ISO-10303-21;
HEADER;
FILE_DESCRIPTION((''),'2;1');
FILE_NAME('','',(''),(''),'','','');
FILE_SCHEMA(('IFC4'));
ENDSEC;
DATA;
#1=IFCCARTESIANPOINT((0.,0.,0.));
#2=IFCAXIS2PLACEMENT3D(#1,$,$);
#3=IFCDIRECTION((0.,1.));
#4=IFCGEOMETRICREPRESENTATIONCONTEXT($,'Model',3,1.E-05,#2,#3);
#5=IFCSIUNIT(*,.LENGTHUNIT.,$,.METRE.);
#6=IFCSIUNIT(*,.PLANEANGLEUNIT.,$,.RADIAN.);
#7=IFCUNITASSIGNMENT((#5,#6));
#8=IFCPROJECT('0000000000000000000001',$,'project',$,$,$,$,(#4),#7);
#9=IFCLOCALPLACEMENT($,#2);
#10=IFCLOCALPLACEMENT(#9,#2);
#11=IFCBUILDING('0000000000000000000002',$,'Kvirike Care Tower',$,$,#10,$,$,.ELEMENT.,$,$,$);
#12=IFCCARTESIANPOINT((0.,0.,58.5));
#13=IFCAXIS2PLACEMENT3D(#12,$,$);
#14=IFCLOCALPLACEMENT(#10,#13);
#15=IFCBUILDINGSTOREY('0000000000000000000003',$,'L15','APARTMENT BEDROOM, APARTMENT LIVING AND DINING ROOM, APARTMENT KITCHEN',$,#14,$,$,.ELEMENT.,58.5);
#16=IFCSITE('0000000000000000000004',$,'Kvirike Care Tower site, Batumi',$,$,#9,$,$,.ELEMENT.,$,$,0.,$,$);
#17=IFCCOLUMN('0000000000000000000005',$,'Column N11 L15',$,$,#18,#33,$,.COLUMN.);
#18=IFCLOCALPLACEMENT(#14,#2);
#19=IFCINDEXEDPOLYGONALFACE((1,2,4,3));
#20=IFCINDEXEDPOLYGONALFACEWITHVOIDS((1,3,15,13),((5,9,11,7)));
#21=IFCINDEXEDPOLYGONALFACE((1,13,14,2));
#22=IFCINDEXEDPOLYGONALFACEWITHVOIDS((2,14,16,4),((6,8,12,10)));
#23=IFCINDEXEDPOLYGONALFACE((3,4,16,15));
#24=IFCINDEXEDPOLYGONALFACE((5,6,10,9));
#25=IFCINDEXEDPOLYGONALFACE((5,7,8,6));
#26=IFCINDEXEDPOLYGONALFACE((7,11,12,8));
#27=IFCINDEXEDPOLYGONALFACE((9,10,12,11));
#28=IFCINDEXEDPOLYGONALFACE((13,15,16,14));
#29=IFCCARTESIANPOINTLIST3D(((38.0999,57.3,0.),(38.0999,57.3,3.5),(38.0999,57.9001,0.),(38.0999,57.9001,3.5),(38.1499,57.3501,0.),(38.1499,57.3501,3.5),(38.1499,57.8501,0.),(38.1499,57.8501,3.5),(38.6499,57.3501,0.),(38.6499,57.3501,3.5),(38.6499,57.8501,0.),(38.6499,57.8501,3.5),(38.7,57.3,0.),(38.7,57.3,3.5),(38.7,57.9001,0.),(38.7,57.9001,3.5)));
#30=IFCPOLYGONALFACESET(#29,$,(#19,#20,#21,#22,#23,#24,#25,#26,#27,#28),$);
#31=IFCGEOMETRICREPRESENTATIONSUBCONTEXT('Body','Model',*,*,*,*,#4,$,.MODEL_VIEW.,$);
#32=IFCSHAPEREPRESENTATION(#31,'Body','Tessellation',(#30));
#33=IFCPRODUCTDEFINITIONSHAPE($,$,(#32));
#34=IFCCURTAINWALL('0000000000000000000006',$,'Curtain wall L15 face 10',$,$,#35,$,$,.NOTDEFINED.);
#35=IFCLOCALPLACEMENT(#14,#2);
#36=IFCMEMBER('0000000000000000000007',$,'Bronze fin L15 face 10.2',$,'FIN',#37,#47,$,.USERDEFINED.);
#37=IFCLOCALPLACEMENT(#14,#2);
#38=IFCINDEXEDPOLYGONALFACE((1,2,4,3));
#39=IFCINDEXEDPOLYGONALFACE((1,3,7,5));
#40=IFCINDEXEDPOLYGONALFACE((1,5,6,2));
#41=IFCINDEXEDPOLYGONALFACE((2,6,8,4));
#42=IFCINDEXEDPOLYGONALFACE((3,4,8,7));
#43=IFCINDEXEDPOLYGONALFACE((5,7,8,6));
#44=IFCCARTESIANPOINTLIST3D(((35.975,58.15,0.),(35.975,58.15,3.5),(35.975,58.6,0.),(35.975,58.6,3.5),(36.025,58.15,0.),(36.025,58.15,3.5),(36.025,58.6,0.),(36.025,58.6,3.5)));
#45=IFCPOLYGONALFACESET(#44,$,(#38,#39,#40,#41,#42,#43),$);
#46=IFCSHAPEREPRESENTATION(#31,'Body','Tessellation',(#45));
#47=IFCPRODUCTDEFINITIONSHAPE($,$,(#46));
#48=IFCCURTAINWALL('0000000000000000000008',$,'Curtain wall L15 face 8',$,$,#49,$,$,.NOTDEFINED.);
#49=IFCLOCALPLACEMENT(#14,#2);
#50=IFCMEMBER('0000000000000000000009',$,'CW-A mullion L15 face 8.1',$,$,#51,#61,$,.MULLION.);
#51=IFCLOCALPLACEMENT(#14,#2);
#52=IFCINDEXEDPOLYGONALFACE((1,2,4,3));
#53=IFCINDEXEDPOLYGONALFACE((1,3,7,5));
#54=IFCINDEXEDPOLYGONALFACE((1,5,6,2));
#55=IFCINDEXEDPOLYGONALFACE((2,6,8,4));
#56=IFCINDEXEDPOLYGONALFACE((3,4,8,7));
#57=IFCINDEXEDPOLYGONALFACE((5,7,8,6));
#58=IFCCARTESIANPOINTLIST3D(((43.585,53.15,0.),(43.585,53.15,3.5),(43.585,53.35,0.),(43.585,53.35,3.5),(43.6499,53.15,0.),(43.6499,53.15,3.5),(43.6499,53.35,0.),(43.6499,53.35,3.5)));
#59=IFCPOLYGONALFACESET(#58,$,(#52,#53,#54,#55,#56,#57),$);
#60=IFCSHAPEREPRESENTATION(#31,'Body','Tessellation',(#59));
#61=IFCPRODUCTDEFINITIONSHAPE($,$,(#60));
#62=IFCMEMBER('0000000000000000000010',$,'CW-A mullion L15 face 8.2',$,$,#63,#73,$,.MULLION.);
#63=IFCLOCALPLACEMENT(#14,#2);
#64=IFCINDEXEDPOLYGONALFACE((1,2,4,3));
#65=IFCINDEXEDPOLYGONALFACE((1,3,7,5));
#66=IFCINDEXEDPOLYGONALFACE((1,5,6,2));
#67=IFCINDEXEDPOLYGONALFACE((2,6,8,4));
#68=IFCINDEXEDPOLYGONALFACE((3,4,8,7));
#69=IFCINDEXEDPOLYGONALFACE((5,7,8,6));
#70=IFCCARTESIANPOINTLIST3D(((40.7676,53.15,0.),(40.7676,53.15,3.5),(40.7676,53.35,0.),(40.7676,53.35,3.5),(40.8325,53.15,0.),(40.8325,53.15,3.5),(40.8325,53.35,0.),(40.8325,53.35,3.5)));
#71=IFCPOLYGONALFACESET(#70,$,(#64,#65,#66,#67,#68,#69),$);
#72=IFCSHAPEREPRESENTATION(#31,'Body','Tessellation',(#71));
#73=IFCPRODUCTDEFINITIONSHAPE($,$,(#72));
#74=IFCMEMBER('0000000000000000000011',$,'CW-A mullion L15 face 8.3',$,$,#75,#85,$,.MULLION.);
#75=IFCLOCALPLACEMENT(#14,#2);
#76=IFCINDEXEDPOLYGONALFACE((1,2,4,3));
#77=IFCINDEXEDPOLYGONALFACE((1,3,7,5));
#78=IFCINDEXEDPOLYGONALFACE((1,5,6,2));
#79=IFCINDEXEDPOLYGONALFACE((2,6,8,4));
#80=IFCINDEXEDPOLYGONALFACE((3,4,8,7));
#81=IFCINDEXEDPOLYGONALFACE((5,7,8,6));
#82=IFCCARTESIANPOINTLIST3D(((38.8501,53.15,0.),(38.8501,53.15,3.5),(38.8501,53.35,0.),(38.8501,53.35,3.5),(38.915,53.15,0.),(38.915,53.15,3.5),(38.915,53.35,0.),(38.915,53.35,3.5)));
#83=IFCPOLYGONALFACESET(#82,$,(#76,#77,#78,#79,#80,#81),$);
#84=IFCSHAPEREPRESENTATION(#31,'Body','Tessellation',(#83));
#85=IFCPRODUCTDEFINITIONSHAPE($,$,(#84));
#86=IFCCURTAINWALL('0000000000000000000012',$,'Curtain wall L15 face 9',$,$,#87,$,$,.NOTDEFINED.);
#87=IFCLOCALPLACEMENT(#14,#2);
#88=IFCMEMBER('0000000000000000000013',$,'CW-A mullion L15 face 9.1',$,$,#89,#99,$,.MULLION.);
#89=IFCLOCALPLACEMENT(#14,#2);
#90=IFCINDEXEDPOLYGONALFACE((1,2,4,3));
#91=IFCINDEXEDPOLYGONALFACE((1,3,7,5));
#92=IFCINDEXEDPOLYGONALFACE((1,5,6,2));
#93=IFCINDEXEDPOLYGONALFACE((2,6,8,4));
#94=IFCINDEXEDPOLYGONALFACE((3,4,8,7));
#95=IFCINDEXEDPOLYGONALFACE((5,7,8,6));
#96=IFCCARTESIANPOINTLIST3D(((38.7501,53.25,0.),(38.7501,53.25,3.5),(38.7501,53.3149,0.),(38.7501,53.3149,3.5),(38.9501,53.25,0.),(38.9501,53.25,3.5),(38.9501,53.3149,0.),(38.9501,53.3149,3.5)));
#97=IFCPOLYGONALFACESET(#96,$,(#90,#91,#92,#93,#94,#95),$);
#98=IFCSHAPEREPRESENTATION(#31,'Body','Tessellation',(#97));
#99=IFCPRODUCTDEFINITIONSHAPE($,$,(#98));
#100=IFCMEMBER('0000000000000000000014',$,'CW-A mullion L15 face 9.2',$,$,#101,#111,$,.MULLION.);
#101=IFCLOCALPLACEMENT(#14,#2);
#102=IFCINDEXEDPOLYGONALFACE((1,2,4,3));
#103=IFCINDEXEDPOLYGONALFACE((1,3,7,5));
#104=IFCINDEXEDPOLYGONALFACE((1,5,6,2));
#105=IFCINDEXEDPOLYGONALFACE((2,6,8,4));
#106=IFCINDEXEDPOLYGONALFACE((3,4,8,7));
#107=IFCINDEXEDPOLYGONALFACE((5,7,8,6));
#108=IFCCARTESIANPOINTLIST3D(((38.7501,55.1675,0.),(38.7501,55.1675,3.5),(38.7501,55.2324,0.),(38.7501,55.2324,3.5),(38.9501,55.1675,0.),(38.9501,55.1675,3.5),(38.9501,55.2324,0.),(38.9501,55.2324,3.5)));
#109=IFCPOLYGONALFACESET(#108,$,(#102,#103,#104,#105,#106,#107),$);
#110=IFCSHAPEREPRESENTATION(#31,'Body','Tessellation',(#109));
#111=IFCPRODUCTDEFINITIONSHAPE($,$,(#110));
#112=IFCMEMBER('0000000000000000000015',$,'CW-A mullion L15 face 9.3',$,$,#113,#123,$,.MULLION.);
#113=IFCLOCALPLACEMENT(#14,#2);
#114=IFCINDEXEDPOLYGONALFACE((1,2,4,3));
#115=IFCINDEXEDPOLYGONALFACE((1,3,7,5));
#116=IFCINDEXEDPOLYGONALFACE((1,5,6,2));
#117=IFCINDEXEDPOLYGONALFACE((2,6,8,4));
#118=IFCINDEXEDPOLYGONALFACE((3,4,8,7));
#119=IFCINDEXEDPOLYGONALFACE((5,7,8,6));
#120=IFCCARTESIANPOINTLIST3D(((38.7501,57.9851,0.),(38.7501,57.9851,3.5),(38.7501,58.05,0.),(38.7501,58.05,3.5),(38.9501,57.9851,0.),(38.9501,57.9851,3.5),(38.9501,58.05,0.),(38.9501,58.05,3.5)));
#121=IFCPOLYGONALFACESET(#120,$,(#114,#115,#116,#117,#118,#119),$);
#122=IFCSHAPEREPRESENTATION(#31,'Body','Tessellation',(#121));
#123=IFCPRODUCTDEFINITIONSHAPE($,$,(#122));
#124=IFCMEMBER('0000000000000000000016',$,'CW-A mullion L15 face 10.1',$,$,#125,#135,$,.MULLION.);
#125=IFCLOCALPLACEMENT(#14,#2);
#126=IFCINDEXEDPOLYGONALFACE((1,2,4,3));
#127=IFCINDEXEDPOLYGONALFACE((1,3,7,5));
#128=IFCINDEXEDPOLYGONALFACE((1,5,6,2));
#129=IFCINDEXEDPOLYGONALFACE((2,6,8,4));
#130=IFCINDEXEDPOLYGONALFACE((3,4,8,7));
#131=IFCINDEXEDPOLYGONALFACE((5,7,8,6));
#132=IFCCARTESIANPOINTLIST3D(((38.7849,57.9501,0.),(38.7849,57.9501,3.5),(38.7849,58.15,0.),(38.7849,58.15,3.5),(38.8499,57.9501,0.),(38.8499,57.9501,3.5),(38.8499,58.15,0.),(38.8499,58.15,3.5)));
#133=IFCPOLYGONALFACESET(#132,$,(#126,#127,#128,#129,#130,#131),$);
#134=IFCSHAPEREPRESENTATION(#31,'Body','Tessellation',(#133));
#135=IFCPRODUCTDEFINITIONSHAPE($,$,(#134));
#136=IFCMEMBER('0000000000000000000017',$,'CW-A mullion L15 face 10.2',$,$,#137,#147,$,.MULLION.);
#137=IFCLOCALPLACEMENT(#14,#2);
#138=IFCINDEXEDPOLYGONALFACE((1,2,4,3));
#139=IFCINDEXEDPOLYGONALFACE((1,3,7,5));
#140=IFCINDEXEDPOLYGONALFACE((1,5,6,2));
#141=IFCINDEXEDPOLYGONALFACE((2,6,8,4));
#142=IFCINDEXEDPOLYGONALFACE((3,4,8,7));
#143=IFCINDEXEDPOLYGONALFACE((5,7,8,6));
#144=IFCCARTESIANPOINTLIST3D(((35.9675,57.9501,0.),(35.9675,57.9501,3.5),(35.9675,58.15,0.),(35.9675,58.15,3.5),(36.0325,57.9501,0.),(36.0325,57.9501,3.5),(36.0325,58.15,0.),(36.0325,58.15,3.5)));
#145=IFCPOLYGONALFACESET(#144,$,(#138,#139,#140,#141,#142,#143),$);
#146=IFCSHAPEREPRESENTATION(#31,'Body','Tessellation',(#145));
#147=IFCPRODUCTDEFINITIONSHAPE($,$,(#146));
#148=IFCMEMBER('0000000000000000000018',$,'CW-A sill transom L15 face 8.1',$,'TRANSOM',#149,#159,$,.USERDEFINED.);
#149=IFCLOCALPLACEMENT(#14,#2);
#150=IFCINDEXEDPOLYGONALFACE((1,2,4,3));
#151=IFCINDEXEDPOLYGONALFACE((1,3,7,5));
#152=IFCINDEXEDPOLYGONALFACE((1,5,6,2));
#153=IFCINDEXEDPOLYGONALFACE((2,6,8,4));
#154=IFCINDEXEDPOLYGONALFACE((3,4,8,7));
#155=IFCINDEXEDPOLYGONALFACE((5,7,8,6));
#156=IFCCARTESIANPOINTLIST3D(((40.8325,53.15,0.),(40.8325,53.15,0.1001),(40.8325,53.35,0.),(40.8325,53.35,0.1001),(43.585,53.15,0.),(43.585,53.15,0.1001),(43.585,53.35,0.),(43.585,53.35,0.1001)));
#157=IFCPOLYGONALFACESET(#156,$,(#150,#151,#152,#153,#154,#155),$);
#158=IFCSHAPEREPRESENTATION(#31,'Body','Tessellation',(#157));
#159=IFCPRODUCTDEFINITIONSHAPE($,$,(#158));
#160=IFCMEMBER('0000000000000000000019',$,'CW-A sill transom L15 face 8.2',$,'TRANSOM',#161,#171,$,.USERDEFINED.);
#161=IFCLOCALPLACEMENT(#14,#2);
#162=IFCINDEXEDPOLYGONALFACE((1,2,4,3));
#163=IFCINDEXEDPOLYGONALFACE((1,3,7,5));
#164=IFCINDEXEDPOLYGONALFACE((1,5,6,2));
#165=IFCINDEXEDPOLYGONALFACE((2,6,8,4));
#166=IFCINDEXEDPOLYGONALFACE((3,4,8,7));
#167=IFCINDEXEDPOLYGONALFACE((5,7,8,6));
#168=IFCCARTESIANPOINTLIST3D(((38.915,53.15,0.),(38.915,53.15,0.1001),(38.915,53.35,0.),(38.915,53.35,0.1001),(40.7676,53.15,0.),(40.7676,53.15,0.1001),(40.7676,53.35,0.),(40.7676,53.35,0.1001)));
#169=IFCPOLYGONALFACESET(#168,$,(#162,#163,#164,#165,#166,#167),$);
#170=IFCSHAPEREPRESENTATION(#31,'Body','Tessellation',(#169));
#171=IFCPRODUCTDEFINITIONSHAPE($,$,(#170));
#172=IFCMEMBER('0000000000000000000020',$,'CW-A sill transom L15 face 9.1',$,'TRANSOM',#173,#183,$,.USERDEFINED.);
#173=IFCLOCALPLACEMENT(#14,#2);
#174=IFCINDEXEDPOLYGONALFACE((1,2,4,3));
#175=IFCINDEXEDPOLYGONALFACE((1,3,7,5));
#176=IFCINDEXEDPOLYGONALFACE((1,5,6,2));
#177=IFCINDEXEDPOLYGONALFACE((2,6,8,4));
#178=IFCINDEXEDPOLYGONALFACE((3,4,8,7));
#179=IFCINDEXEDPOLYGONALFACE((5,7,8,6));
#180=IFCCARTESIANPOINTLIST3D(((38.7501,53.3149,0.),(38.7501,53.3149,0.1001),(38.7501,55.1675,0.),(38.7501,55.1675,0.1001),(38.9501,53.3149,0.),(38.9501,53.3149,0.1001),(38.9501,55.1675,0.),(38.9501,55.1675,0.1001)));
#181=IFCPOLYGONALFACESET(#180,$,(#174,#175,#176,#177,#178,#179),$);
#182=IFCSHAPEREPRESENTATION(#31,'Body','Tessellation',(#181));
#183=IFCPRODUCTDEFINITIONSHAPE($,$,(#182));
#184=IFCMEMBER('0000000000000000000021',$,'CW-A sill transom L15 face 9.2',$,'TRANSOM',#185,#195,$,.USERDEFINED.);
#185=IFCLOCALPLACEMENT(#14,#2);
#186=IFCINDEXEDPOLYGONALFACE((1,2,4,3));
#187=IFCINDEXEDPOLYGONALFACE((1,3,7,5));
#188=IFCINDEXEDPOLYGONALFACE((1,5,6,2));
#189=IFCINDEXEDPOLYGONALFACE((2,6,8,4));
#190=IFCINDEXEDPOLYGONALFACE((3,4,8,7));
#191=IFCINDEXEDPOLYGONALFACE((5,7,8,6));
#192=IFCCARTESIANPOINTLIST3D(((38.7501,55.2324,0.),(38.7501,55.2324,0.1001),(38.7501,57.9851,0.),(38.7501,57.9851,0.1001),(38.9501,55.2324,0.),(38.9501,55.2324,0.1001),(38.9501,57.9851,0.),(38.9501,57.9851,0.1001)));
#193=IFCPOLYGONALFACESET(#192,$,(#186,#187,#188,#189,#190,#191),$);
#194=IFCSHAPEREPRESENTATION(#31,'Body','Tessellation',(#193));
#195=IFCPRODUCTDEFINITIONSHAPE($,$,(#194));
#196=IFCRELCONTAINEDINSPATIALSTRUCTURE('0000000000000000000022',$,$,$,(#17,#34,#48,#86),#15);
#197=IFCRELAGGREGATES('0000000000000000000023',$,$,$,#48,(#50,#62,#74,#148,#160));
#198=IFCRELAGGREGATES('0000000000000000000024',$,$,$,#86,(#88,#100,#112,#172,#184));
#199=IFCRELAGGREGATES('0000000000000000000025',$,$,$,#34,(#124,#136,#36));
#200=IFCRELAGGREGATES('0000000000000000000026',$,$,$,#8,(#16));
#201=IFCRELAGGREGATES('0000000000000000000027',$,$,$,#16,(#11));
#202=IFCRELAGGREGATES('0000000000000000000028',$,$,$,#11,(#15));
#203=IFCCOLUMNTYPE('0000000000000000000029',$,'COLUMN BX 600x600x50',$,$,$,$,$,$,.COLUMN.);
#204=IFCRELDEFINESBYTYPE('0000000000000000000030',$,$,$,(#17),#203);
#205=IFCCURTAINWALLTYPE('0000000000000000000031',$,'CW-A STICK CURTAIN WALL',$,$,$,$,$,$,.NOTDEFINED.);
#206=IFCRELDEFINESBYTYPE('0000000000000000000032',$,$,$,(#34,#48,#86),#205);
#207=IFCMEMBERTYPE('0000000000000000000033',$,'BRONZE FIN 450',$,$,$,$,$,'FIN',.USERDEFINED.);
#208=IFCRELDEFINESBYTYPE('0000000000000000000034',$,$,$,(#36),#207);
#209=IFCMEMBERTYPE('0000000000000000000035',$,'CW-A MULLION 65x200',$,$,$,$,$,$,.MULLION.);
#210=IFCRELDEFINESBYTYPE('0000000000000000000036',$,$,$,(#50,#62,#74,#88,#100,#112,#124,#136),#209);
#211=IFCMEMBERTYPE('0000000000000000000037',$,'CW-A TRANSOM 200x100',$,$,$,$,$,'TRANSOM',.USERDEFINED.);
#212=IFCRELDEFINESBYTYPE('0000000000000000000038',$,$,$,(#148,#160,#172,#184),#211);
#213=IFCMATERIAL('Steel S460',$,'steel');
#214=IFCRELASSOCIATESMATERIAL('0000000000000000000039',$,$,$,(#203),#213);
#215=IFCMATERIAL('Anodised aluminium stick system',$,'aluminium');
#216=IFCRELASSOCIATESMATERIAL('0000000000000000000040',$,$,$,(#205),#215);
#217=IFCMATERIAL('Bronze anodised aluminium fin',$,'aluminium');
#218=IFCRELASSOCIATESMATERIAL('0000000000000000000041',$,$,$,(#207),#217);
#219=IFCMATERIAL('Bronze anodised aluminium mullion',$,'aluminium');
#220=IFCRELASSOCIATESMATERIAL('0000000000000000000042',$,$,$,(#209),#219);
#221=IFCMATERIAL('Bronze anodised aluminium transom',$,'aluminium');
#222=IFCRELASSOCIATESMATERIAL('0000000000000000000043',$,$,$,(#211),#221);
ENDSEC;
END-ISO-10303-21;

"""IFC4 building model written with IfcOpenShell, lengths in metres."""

from ifc_helpers import new_model, si_unit, direction, frame, origin, origin_2d, place, context, subcontext, project, spatial, rectangle, hollow_rectangle, extrude, material, material_profile, profile_set, type_object, element, aggregate, save


model = new_model("IFC4")

# Units and contexts
model_context = context("Model", 3, precision=1e-05, world=origin(), true_north=direction((0.0, 1.0)))
body_context = subcontext(model_context, "Body", "Model", "MODEL_VIEW")
ifc_project = project(units=[si_unit("LENGTHUNIT", "METRE"), si_unit("PLANEANGLEUNIT", "RADIAN")], contexts=[model_context])

# Site, building, storey
site_placement = place(None, origin())
site = spatial("IfcSite", under=ifc_project, at=site_placement, Name="Kvirike Care Tower site, Batumi", CompositionType="ELEMENT", RefElevation=0.0)
building_placement = place(site_placement, origin())
building = spatial("IfcBuilding", under=site, at=building_placement, Name="Kvirike Care Tower", CompositionType="ELEMENT")
storey_placement = place(building_placement, frame((0.0, 0.0, 58.5)))
storey = spatial("IfcBuildingStorey", under=building, at=storey_placement, Name="L15", Description="APARTMENT BEDROOM, APARTMENT LIVING AND DINING ROOM, APARTMENT KITCHEN", CompositionType="ELEMENT", Elevation=58.5)

# Column
ifc_material_1 = material(Name="Steel S460", Category="steel")
ifc_material_profile_1 = material_profile(ifc_material_1, hollow_rectangle(XDim=0.6001, YDim=0.6001, WallThickness=0.05, at=origin_2d()), Name="BX 600x600x50")
ifc_profile_set_1 = profile_set([ifc_material_profile_1], Name="Steel S460")
column_type = type_object("IfcColumnType", Name="COLUMN BX 600x600x50", PredefinedType="COLUMN", material=ifc_profile_set_1)
column_placement = place(storey_placement, frame((38.3999, 57.6001, 0.0), z_axis=(0.0, 0.0, 1.0), x_axis=(0.0, 1.0, 0.0)))
element("IfcColumn", 1, at=column_placement, inside=storey, type_object=column_type, Name="Column N11 L15", PredefinedType="COLUMN", context=body_context, shape_type="SweptSolid", body=[
    extrude(hollow_rectangle(XDim=0.6001, YDim=0.6001, WallThickness=0.05, at=origin_2d()), origin(), (0.0, 0.0, 1.0), 3.5),
])

# Curtain wall, member
ifc_material_2 = material(Name="Anodised aluminium stick system", Category="aluminium")
curtain_wall_type = type_object("IfcCurtainWallType", Name="CW-A STICK CURTAIN WALL", PredefinedType="NOTDEFINED", material=ifc_material_2)
curtain_wall_1_placement = place(storey_placement, origin())
curtain_wall_1 = element("IfcCurtainWall", 2, at=curtain_wall_1_placement, inside=storey, type_object=curtain_wall_type, Name="Curtain wall L15 face 10", PredefinedType="NOTDEFINED")
ifc_material_3 = material(Name="Bronze anodised aluminium fin", Category="aluminium")
ifc_material_profile_2 = material_profile(ifc_material_3, rectangle(XDim=0.05, YDim=0.45, at=origin_2d()), Name="BRONZE FIN 450")
ifc_profile_set_2 = profile_set([ifc_material_profile_2], Name="Bronze anodised aluminium fin")
member_type_1 = type_object("IfcMemberType", Name="BRONZE FIN 450", ElementType="FIN", PredefinedType="USERDEFINED", material=ifc_profile_set_2)
member_1_placement = place(storey_placement, frame((36.0, 58.375, 0.0), z_axis=(0.0, 0.0, 1.0), x_axis=(-1.0, 0.0, 0.0)))
member_1 = element("IfcMember", 3, at=member_1_placement, type_object=member_type_1, Name="Bronze fin L15 face 10.2", ObjectType="FIN", PredefinedType="USERDEFINED", context=body_context, shape_type="SweptSolid", body=[
    extrude(rectangle(XDim=0.05, YDim=0.45, at=origin_2d()), origin(), (0.0, 0.0, 1.0), 3.5),
])

# Curtain walls, members
curtain_wall_2_placement = place(storey_placement, origin())
curtain_wall_2 = element("IfcCurtainWall", 4, at=curtain_wall_2_placement, inside=storey, type_object=curtain_wall_type, Name="Curtain wall L15 face 8", PredefinedType="NOTDEFINED")
ifc_material_4 = material(Name="Bronze anodised aluminium mullion", Category="aluminium")
ifc_material_profile_3 = material_profile(ifc_material_4, rectangle(XDim=0.0649, YDim=0.2, at=origin_2d()), Name="CW-A MULLION 65x200")
ifc_profile_set_3 = profile_set([ifc_material_profile_3], Name="Bronze anodised aluminium mullion")
member_type_2 = type_object("IfcMemberType", Name="CW-A MULLION 65x200", PredefinedType="MULLION", material=ifc_profile_set_3)
member_2_placement = place(storey_placement, frame((43.6174, 53.25, 0.0), z_axis=(0.0, 0.0, 1.0), x_axis=(-1.0, 0.0, 0.0)))
member_2 = element("IfcMember", 5, at=member_2_placement, type_object=member_type_2, Name="CW-A mullion L15 face 8.1", PredefinedType="MULLION", context=body_context, shape_type="SweptSolid", body=[
    extrude(rectangle(XDim=0.0649, YDim=0.2, at=origin_2d()), origin(), (0.0, 0.0, 1.0), 3.5),
])
member_3_placement = place(storey_placement, frame((40.8, 53.25, 0.0), z_axis=(0.0, 0.0, 1.0), x_axis=(-1.0, 0.0, 0.0)))
member_3 = element("IfcMember", 6, at=member_3_placement, type_object=member_type_2, Name="CW-A mullion L15 face 8.2", PredefinedType="MULLION", context=body_context, shape_type="SweptSolid", body=[
    extrude(rectangle(XDim=0.0649, YDim=0.2, at=origin_2d()), origin(), (0.0, 0.0, 1.0), 3.5),
])
member_4_placement = place(storey_placement, frame((38.8826, 53.25, 0.0), z_axis=(0.0, 0.0, 1.0), x_axis=(-1.0, 0.0, 0.0)))
member_4 = element("IfcMember", 7, at=member_4_placement, type_object=member_type_2, Name="CW-A mullion L15 face 8.3", PredefinedType="MULLION", context=body_context, shape_type="SweptSolid", body=[
    extrude(rectangle(XDim=0.0649, YDim=0.2, at=origin_2d()), origin(), (0.0, 0.0, 1.0), 3.5),
])
curtain_wall_3_placement = place(storey_placement, origin())
curtain_wall_3 = element("IfcCurtainWall", 8, at=curtain_wall_3_placement, inside=storey, type_object=curtain_wall_type, Name="Curtain wall L15 face 9", PredefinedType="NOTDEFINED")
member_5_placement = place(storey_placement, frame((38.8501, 53.2825, 0.0), z_axis=(0.0, 0.0, 1.0), x_axis=(0.0, 1.0, 0.0)))
member_5 = element("IfcMember", 9, at=member_5_placement, type_object=member_type_2, Name="CW-A mullion L15 face 9.1", PredefinedType="MULLION", context=body_context, shape_type="SweptSolid", body=[
    extrude(rectangle(XDim=0.0649, YDim=0.2, at=origin_2d()), origin(), (0.0, 0.0, 1.0), 3.5),
])
member_6_placement = place(storey_placement, frame((38.8501, 55.2, 0.0), z_axis=(0.0, 0.0, 1.0), x_axis=(0.0, 1.0, 0.0)))
member_6 = element("IfcMember", 10, at=member_6_placement, type_object=member_type_2, Name="CW-A mullion L15 face 9.2", PredefinedType="MULLION", context=body_context, shape_type="SweptSolid", body=[
    extrude(rectangle(XDim=0.0649, YDim=0.2, at=origin_2d()), origin(), (0.0, 0.0, 1.0), 3.5),
])
member_7_placement = place(storey_placement, frame((38.8501, 58.0176, 0.0), z_axis=(0.0, 0.0, 1.0), x_axis=(0.0, 1.0, 0.0)))
member_7 = element("IfcMember", 11, at=member_7_placement, type_object=member_type_2, Name="CW-A mullion L15 face 9.3", PredefinedType="MULLION", context=body_context, shape_type="SweptSolid", body=[
    extrude(rectangle(XDim=0.0649, YDim=0.2, at=origin_2d()), origin(), (0.0, 0.0, 1.0), 3.5),
])

# Members
member_8_placement = place(storey_placement, frame((38.8174, 58.05, 0.0), z_axis=(0.0, 0.0, 1.0), x_axis=(-1.0, 0.0, 0.0)))
member_8 = element("IfcMember", 12, at=member_8_placement, type_object=member_type_2, Name="CW-A mullion L15 face 10.1", PredefinedType="MULLION", context=body_context, shape_type="SweptSolid", body=[
    extrude(rectangle(XDim=0.0649, YDim=0.2, at=origin_2d()), origin(), (0.0, 0.0, 1.0), 3.5),
])
member_9_placement = place(storey_placement, frame((36.0, 58.05, 0.0), z_axis=(0.0, 0.0, 1.0), x_axis=(-1.0, 0.0, 0.0)))
member_9 = element("IfcMember", 13, at=member_9_placement, type_object=member_type_2, Name="CW-A mullion L15 face 10.2", PredefinedType="MULLION", context=body_context, shape_type="SweptSolid", body=[
    extrude(rectangle(XDim=0.0649, YDim=0.2, at=origin_2d()), origin(), (0.0, 0.0, 1.0), 3.5),
])
ifc_material_5 = material(Name="Bronze anodised aluminium transom", Category="aluminium")
ifc_material_profile_4 = material_profile(ifc_material_5, rectangle(XDim=0.2, YDim=0.1001, at=origin_2d()), Name="CW-A TRANSOM 200x100")
ifc_profile_set_4 = profile_set([ifc_material_profile_4], Name="Bronze anodised aluminium transom")
member_type_3 = type_object("IfcMemberType", Name="CW-A TRANSOM 200x100", ElementType="TRANSOM", PredefinedType="USERDEFINED", material=ifc_profile_set_4)
member_10_placement = place(storey_placement, frame((43.585, 53.25, 0.05), z_axis=(-1.0, 0.0, 0.0), x_axis=(0.0, -1.0, 0.0)))
member_10 = element("IfcMember", 14, at=member_10_placement, type_object=member_type_3, Name="CW-A sill transom L15 face 8.1", ObjectType="TRANSOM", PredefinedType="USERDEFINED", context=body_context, shape_type="SweptSolid", body=[
    extrude(rectangle(XDim=0.2, YDim=0.1001, at=origin_2d()), origin(), (0.0, 0.0, 1.0), 2.7524),
])
member_11_placement = place(storey_placement, frame((40.7676, 53.25, 0.05), z_axis=(-1.0, 0.0, 0.0), x_axis=(0.0, -1.0, 0.0)))
member_11 = element("IfcMember", 15, at=member_11_placement, type_object=member_type_3, Name="CW-A sill transom L15 face 8.2", ObjectType="TRANSOM", PredefinedType="USERDEFINED", context=body_context, shape_type="SweptSolid", body=[
    extrude(rectangle(XDim=0.2, YDim=0.1001, at=origin_2d()), origin(), (0.0, 0.0, 1.0), 1.8525),
])
member_12_placement = place(storey_placement, frame((38.8501, 53.3149, 0.05), z_axis=(0.0, 1.0, 0.0), x_axis=(-1.0, 0.0, 0.0)))
member_12 = element("IfcMember", 16, at=member_12_placement, type_object=member_type_3, Name="CW-A sill transom L15 face 9.1", ObjectType="TRANSOM", PredefinedType="USERDEFINED", context=body_context, shape_type="SweptSolid", body=[
    extrude(rectangle(XDim=0.2, YDim=0.1001, at=origin_2d()), origin(), (0.0, 0.0, 1.0), 1.8525),
])
member_13_placement = place(storey_placement, frame((38.8501, 55.2324, 0.05), z_axis=(0.0, 1.0, 0.0), x_axis=(-1.0, 0.0, 0.0)))
member_13 = element("IfcMember", 17, at=member_13_placement, type_object=member_type_3, Name="CW-A sill transom L15 face 9.2", ObjectType="TRANSOM", PredefinedType="USERDEFINED", context=body_context, shape_type="SweptSolid", body=[
    extrude(rectangle(XDim=0.2, YDim=0.1001, at=origin_2d()), origin(), (0.0, 0.0, 1.0), 2.7527),
])

aggregate(curtain_wall_2, [member_2, member_3, member_4, member_10, member_11])
aggregate(curtain_wall_3, [member_5, member_6, member_7, member_12, member_13])
aggregate(curtain_wall_1, [member_8, member_9, member_1])

save(model, "model.ifc")
